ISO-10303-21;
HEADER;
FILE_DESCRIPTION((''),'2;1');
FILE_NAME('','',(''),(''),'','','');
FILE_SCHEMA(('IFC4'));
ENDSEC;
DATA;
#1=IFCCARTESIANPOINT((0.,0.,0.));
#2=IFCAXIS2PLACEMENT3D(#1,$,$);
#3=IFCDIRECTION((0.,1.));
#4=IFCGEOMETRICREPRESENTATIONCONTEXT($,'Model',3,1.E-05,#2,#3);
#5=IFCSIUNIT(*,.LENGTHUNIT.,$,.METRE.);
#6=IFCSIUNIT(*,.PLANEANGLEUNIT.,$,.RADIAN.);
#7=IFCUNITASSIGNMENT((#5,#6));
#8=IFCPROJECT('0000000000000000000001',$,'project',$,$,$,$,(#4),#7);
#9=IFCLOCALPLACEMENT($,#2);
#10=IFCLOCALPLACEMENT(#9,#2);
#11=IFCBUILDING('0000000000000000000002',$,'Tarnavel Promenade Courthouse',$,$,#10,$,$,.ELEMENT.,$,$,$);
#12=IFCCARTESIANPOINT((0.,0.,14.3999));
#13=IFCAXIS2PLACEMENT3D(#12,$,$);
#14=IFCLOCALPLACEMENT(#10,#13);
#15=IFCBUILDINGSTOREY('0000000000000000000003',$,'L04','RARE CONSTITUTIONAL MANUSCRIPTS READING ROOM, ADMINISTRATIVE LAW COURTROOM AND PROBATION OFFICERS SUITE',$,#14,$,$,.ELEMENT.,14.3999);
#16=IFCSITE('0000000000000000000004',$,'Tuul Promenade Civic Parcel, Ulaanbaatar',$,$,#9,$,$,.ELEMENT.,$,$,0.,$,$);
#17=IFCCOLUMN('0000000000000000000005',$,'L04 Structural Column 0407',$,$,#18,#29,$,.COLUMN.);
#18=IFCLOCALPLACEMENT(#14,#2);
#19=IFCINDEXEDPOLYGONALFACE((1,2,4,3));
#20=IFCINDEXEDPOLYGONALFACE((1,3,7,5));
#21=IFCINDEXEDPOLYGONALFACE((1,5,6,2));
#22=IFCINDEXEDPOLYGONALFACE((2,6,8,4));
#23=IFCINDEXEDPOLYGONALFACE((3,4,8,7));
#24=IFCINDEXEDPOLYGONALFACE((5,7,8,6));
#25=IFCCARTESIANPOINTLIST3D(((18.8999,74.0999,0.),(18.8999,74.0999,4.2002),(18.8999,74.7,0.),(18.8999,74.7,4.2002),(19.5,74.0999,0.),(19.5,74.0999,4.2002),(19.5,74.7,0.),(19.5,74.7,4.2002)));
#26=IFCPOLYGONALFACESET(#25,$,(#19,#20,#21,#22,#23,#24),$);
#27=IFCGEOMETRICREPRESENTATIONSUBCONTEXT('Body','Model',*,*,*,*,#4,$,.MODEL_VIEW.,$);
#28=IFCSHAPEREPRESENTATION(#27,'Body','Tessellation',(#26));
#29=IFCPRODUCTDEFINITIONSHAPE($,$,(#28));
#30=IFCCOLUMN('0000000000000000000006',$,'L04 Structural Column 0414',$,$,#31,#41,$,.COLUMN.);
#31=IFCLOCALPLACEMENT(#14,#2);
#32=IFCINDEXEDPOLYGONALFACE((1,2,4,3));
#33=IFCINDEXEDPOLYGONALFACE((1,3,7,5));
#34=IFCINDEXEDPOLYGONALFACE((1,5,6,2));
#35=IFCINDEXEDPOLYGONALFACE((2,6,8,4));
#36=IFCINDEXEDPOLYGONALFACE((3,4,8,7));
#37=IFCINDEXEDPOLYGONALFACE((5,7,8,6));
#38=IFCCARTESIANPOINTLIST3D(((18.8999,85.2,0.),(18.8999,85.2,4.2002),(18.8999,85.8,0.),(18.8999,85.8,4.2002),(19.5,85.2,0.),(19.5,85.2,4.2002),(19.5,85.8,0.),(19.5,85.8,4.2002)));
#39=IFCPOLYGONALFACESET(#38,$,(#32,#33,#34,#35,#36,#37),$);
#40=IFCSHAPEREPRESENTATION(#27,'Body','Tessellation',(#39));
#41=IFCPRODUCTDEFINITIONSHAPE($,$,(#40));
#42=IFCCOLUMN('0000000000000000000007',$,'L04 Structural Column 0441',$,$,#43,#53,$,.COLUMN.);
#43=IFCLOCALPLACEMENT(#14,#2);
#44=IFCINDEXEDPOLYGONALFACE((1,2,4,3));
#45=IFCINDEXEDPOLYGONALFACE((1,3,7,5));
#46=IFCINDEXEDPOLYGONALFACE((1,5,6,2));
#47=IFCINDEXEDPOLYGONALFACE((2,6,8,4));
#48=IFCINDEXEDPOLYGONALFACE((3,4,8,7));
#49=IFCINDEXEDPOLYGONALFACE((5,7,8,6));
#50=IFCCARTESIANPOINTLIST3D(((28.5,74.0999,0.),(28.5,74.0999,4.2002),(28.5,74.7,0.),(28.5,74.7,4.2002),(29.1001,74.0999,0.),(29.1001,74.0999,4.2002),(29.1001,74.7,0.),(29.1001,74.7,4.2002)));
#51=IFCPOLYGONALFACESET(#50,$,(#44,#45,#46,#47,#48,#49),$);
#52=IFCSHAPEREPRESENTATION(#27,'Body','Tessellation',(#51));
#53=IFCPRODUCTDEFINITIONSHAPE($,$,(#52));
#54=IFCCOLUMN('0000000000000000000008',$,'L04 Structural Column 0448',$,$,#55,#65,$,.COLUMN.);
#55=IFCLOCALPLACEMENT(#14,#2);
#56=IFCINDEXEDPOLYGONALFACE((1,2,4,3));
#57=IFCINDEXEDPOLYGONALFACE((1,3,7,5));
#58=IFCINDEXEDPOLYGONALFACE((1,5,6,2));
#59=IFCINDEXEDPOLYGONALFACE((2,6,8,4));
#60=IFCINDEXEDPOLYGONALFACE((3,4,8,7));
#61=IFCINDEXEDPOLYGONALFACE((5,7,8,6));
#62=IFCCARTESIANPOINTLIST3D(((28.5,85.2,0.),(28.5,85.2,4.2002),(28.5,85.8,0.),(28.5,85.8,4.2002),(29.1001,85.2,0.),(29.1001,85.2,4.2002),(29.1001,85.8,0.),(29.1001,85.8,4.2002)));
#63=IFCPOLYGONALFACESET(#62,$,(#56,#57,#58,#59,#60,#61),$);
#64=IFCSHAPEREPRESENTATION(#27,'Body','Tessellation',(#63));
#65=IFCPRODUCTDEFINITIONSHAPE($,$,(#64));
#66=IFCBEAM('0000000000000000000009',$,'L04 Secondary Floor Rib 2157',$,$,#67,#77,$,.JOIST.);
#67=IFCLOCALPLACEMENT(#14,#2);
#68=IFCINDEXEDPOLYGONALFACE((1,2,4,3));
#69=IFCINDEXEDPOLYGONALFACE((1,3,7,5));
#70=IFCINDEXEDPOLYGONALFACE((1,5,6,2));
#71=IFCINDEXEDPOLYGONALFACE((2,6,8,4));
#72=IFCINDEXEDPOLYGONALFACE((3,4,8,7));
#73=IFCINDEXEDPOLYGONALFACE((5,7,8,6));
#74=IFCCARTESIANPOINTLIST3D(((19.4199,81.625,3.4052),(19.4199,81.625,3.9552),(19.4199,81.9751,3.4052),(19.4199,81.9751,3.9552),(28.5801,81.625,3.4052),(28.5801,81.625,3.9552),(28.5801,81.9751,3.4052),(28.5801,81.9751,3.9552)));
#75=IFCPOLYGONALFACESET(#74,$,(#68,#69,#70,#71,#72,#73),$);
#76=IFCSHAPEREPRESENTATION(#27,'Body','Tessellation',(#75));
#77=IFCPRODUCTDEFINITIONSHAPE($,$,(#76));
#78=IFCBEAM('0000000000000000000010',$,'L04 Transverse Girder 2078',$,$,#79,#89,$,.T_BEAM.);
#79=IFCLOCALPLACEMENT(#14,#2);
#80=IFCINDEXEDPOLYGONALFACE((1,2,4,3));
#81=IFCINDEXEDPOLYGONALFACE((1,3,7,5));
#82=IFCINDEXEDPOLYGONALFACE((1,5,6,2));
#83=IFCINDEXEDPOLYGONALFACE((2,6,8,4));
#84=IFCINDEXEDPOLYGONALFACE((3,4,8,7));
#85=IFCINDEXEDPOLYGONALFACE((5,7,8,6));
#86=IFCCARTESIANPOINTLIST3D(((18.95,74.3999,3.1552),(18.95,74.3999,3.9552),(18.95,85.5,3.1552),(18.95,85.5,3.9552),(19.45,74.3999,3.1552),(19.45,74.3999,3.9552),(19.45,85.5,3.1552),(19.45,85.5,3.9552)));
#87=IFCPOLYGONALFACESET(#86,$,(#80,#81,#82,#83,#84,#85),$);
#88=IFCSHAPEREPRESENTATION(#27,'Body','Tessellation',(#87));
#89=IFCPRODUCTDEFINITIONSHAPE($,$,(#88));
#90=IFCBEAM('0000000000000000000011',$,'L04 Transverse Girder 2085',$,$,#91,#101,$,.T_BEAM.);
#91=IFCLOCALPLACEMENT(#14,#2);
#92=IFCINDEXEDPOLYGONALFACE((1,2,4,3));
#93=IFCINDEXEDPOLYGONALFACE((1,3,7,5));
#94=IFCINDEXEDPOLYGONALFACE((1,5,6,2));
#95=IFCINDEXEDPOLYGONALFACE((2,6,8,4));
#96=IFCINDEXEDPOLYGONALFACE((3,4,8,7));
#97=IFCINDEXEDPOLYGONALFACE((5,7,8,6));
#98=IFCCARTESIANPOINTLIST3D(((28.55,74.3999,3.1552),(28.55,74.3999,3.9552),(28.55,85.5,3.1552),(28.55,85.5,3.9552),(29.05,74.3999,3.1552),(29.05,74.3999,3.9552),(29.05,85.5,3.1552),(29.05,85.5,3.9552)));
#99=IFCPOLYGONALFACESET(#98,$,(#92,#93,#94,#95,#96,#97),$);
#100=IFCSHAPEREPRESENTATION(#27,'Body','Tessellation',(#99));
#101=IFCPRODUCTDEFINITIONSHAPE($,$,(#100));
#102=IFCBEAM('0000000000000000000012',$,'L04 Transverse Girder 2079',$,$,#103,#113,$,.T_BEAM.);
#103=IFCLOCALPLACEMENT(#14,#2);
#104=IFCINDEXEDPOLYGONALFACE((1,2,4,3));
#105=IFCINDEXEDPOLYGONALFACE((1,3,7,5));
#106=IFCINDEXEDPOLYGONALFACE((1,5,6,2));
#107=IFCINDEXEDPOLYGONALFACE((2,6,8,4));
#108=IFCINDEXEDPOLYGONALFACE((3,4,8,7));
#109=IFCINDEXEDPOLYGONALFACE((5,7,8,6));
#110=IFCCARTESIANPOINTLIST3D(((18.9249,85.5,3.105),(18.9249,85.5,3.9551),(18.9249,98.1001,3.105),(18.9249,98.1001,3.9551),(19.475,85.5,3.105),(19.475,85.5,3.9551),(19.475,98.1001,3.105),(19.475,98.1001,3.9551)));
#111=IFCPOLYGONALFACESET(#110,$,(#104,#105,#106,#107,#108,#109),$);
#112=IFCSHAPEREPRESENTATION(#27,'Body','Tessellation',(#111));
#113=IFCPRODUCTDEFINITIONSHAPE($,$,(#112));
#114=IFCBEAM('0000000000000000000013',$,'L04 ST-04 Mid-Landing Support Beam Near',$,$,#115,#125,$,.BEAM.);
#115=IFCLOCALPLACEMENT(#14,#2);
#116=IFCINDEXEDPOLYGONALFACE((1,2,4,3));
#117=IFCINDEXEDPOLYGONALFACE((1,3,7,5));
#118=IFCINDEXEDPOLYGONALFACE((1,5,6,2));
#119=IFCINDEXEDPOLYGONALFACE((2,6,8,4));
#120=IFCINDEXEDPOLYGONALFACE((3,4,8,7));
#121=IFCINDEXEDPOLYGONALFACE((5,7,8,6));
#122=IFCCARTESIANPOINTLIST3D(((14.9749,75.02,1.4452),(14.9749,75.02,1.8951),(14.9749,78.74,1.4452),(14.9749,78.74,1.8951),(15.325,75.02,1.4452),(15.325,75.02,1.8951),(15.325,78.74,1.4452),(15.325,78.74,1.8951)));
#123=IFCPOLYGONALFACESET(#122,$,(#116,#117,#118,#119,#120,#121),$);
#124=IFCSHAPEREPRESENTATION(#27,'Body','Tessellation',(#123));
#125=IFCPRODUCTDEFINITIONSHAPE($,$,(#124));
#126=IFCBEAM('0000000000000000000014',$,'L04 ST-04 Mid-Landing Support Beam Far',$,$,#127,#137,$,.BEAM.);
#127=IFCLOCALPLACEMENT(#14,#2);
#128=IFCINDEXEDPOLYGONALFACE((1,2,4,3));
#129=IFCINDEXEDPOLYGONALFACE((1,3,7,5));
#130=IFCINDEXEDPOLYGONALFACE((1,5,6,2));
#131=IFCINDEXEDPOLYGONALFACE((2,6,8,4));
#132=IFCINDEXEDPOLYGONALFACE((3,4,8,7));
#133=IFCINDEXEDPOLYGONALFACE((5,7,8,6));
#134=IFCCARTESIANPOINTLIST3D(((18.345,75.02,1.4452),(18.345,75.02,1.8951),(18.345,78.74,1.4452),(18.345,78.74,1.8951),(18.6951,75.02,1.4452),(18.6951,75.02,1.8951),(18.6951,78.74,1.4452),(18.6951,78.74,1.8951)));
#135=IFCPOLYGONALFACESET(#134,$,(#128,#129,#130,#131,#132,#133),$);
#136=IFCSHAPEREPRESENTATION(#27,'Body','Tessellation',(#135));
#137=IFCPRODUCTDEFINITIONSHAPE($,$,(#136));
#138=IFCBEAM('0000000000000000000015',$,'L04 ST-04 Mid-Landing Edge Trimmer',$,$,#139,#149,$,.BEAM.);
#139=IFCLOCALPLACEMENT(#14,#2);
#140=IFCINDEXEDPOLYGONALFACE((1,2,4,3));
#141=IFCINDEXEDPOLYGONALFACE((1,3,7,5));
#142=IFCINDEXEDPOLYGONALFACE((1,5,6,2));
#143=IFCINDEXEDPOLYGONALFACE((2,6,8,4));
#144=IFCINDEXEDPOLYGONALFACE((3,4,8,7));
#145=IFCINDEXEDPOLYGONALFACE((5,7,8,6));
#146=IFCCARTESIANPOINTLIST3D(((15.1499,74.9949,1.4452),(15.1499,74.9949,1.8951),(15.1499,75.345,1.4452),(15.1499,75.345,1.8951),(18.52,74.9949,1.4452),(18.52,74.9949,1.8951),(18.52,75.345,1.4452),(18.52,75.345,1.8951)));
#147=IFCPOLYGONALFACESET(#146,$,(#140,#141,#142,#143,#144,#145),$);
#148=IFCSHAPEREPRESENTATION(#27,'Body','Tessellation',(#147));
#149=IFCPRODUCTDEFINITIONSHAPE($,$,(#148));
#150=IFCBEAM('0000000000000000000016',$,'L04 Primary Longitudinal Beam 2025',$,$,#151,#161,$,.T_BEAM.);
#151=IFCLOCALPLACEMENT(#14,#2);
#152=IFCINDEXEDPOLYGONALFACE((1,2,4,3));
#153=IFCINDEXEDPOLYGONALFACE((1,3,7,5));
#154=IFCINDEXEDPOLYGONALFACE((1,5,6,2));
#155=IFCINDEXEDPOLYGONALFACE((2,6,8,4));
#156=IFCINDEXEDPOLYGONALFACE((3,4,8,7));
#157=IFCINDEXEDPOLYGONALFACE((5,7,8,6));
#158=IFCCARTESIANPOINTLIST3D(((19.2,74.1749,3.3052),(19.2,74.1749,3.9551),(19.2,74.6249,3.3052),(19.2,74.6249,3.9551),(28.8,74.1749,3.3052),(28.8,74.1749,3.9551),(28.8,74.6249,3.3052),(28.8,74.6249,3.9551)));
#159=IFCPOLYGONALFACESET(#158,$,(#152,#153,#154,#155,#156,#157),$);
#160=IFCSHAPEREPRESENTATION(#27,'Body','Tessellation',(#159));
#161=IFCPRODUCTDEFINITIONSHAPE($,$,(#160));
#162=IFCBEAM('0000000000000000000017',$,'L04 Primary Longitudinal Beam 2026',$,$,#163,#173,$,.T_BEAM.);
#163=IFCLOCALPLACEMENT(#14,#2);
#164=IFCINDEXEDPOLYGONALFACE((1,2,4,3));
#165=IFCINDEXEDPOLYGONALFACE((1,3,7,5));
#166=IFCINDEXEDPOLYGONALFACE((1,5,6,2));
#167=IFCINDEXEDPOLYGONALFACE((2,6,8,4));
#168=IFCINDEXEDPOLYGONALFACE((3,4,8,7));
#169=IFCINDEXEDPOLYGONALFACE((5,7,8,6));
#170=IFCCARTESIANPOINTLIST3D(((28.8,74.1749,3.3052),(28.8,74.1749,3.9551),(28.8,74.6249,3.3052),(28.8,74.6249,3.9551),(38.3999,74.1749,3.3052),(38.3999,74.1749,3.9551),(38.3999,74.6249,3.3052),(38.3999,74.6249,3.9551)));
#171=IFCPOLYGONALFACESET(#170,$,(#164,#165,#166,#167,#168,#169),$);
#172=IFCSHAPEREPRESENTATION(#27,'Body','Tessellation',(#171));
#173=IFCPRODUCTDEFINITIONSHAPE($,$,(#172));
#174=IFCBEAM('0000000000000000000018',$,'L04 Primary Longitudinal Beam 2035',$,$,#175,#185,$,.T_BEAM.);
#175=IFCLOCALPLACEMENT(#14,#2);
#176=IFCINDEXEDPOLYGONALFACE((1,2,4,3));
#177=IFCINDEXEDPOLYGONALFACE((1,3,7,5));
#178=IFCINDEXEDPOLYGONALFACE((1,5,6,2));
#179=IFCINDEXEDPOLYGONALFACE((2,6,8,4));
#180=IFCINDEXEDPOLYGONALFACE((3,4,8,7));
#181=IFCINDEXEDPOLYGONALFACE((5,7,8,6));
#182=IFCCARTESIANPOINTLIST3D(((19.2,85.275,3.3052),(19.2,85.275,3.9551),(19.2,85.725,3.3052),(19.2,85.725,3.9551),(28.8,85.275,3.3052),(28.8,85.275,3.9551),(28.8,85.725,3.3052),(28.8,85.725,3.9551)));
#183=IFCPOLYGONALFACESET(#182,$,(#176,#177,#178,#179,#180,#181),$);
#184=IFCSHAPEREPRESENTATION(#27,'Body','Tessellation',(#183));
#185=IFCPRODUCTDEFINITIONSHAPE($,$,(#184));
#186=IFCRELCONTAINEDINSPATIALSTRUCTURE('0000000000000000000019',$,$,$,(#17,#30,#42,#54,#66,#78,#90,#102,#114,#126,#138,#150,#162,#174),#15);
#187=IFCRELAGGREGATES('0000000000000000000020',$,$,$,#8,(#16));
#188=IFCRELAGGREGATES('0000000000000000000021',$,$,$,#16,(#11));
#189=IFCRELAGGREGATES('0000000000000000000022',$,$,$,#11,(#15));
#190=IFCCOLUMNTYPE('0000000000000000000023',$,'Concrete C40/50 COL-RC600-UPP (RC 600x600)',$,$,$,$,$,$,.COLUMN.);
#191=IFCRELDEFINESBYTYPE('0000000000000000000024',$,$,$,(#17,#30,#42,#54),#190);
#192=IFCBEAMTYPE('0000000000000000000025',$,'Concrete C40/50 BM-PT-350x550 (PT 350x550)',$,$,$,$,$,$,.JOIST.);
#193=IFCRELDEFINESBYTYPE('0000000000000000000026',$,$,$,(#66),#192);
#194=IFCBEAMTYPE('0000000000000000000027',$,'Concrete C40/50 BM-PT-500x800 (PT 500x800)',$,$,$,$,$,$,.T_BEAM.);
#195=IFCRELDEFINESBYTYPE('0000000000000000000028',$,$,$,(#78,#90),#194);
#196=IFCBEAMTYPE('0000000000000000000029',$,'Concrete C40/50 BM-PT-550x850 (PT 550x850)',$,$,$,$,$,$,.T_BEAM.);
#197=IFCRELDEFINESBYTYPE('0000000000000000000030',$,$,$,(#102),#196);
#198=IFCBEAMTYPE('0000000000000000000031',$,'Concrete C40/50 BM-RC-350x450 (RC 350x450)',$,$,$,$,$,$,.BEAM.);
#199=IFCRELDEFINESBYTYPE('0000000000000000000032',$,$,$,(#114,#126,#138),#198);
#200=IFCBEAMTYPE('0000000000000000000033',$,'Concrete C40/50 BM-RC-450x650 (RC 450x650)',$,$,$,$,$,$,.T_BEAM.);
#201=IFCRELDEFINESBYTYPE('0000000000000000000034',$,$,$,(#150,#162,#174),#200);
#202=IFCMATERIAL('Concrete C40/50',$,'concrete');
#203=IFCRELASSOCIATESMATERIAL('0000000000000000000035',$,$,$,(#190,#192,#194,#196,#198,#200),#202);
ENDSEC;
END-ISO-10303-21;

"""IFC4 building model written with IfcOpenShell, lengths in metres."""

from ifc_helpers import new_model, si_unit, direction, frame, origin, origin_2d, place, context, subcontext, project, spatial, rectangle, extrude, material, material_profile, profile_set, type_object, element, save


model = new_model("IFC4")

# Units and contexts
model_context = context("Model", 3, precision=1e-05, world=origin(), true_north=direction((0.0, 1.0)))
body_context = subcontext(model_context, "Body", "Model", "MODEL_VIEW")
ifc_project = project(units=[si_unit("LENGTHUNIT", "METRE"), si_unit("PLANEANGLEUNIT", "RADIAN")], contexts=[model_context])

# Site, building, storey
site_placement = place(None, origin())
site = spatial("IfcSite", under=ifc_project, at=site_placement, Name="Tuul Promenade Civic Parcel, Ulaanbaatar", CompositionType="ELEMENT", RefElevation=0.0)
building_placement = place(site_placement, origin())
building = spatial("IfcBuilding", under=site, at=building_placement, Name="Tarnavel Promenade Courthouse", CompositionType="ELEMENT")
storey_placement = place(building_placement, frame((0.0, 0.0, 14.3999)))
storey = spatial("IfcBuildingStorey", under=building, at=storey_placement, Name="L04", Description="RARE CONSTITUTIONAL MANUSCRIPTS READING ROOM, ADMINISTRATIVE LAW COURTROOM AND PROBATION OFFICERS SUITE", CompositionType="ELEMENT", Elevation=14.3999)

# Columns
ifc_material_1 = material(Name="Concrete C40/50", Category="concrete")
ifc_material_profile_1 = material_profile(ifc_material_1, rectangle(XDim=0.6001, YDim=0.6001, at=origin_2d()), Name="RC 600x600")
ifc_profile_set_1 = profile_set([ifc_material_profile_1], Name="Concrete C40/50")
column_type = type_object("IfcColumnType", Name="Concrete C40/50 COL-RC600-UPP (RC 600x600)", PredefinedType="COLUMN", material=ifc_profile_set_1)
for number, where, z_axis, x_axis, name in (
    (1, (19.2, 74.3999, 0.0), (0.0, 0.0, 1.0), (1.0, 0.0, 0.0), "L04 Structural Column 0407"),
    (2, (19.2, 85.5, 0.0), (0.0, 0.0, 1.0), (1.0, 0.0, 0.0), "L04 Structural Column 0414"),
    (3, (28.8, 74.3999, 0.0), (0.0, 0.0, 1.0), (1.0, 0.0, 0.0), "L04 Structural Column 0441"),
    (4, (28.8, 85.5, 0.0), (0.0, 0.0, 1.0), (1.0, 0.0, 0.0), "L04 Structural Column 0448"),
):
    element("IfcColumn", number, at=place(storey_placement, frame(where, z_axis=z_axis, x_axis=x_axis)), inside=storey, type_object=column_type, Name=name, PredefinedType="COLUMN", context=body_context, shape_type="SweptSolid", body=[
        extrude(rectangle(XDim=0.6001, YDim=0.6001, at=origin_2d()), origin(), (0.0, 0.0, 1.0), 4.2002),
    ])

# Beams
ifc_material_profile_2 = material_profile(ifc_material_1, rectangle(XDim=0.3501, YDim=0.55, at=origin_2d()), Name="PT 350x550")
ifc_profile_set_2 = profile_set([ifc_material_profile_2], Name="Concrete C40/50")
beam_type_1 = type_object("IfcBeamType", Name="Concrete C40/50 BM-PT-350x550 (PT 350x550)", PredefinedType="JOIST", material=ifc_profile_set_2)
beam_1_placement = place(storey_placement, frame((19.4199, 81.8, 3.6802), z_axis=(1.0, 0.0, 0.0), x_axis=(0.0, 1.0, 0.0)))
element("IfcBeam", 5, at=beam_1_placement, inside=storey, type_object=beam_type_1, Name="L04 Secondary Floor Rib 2157", PredefinedType="JOIST", context=body_context, shape_type="SweptSolid", body=[
    extrude(rectangle(XDim=0.3501, YDim=0.55, at=origin_2d()), origin(), (0.0, 0.0, 1.0), 9.1602),
])
ifc_material_profile_3 = material_profile(ifc_material_1, rectangle(XDim=0.5, YDim=0.8, at=origin_2d()), Name="PT 500x800")
ifc_profile_set_3 = profile_set([ifc_material_profile_3], Name="Concrete C40/50")
beam_type_2 = type_object("IfcBeamType", Name="Concrete C40/50 BM-PT-500x800 (PT 500x800)", PredefinedType="T_BEAM", material=ifc_profile_set_3)
for number, where, z_axis, x_axis, name in (
    (6, (19.2, 74.3999, 3.5552), (0.0, 1.0, 0.0), (-1.0, 0.0, 0.0), "L04 Transverse Girder 2078"),
    (7, (28.8, 74.3999, 3.5552), (0.0, 1.0, 0.0), (-1.0, 0.0, 0.0), "L04 Transverse Girder 2085"),
):
    element("IfcBeam", number, at=place(storey_placement, frame(where, z_axis=z_axis, x_axis=x_axis)), inside=storey, type_object=beam_type_2, Name=name, PredefinedType="T_BEAM", context=body_context, shape_type="SweptSolid", body=[
        extrude(rectangle(XDim=0.5, YDim=0.8, at=origin_2d()), origin(), (0.0, 0.0, 1.0), 11.1001),
    ])
ifc_material_profile_4 = material_profile(ifc_material_1, rectangle(XDim=0.55, YDim=0.8501, at=origin_2d()), Name="PT 550x850")
ifc_profile_set_4 = profile_set([ifc_material_profile_4], Name="Concrete C40/50")
beam_type_3 = type_object("IfcBeamType", Name="Concrete C40/50 BM-PT-550x850 (PT 550x850)", PredefinedType="T_BEAM", material=ifc_profile_set_4)
beam_2_placement = place(storey_placement, frame((19.2, 85.5, 3.53), z_axis=(0.0, 1.0, 0.0), x_axis=(-1.0, 0.0, 0.0)))
element("IfcBeam", 8, at=beam_2_placement, inside=storey, type_object=beam_type_3, Name="L04 Transverse Girder 2079", PredefinedType="T_BEAM", context=body_context, shape_type="SweptSolid", body=[
    extrude(rectangle(XDim=0.55, YDim=0.8501, at=origin_2d()), origin(), (0.0, 0.0, 1.0), 12.6001),
])
ifc_material_profile_5 = material_profile(ifc_material_1, rectangle(XDim=0.3501, YDim=0.45, at=origin_2d()), Name="RC 350x450")
ifc_profile_set_5 = profile_set([ifc_material_profile_5], Name="Concrete C40/50")
beam_type_4 = type_object("IfcBeamType", Name="Concrete C40/50 BM-RC-350x450 (RC 350x450)", PredefinedType="BEAM", material=ifc_profile_set_5)
for number, where, z_axis, x_axis, name in (
    (9, (15.1499, 75.02, 1.6702), (0.0, 1.0, 0.0), (-1.0, 0.0, 0.0), "L04 ST-04 Mid-Landing Support Beam Near"),
    (10, (18.52, 75.02, 1.6702), (0.0, 1.0, 0.0), (-1.0, 0.0, 0.0), "L04 ST-04 Mid-Landing Support Beam Far"),
):
    element("IfcBeam", number, at=place(storey_placement, frame(where, z_axis=z_axis, x_axis=x_axis)), inside=storey, type_object=beam_type_4, Name=name, PredefinedType="BEAM", context=body_context, shape_type="SweptSolid", body=[
        extrude(rectangle(XDim=0.3501, YDim=0.45, at=origin_2d()), origin(), (0.0, 0.0, 1.0), 3.72),
    ])
beam_3_placement = place(storey_placement, frame((15.1499, 75.1699, 1.6702), z_axis=(1.0, 0.0, 0.0), x_axis=(0.0, 1.0, 0.0)))
element("IfcBeam", 11, at=beam_3_placement, inside=storey, type_object=beam_type_4, Name="L04 ST-04 Mid-Landing Edge Trimmer", PredefinedType="BEAM", context=body_context, shape_type="SweptSolid", body=[
    extrude(rectangle(XDim=0.3501, YDim=0.45, at=origin_2d()), origin(), (0.0, 0.0, 1.0), 3.3701),
])
ifc_material_profile_6 = material_profile(ifc_material_1, rectangle(XDim=0.45, YDim=0.6499, at=origin_2d()), Name="RC 450x650")
ifc_profile_set_6 = profile_set([ifc_material_profile_6], Name="Concrete C40/50")
beam_type_5 = type_object("IfcBeamType", Name="Concrete C40/50 BM-RC-450x650 (RC 450x650)", PredefinedType="T_BEAM", material=ifc_profile_set_6)
beam_4_placement = place(storey_placement, frame((19.2, 74.3999, 3.6301), z_axis=(1.0, 0.0, 0.0), x_axis=(0.0, 1.0, 0.0)))
element("IfcBeam", 12, at=beam_4_placement, inside=storey, type_object=beam_type_5, Name="L04 Primary Longitudinal Beam 2025", PredefinedType="T_BEAM", context=body_context, shape_type="SweptSolid", body=[
    extrude(rectangle(XDim=0.45, YDim=0.6499, at=origin_2d()), origin(), (0.0, 0.0, 1.0), 9.6001),
])
beam_5_placement = place(storey_placement, frame((28.8, 74.3999, 3.6301), z_axis=(1.0, 0.0, 0.0), x_axis=(0.0, 1.0, 0.0)))
element("IfcBeam", 13, at=beam_5_placement, inside=storey, type_object=beam_type_5, Name="L04 Primary Longitudinal Beam 2026", PredefinedType="T_BEAM", context=body_context, shape_type="SweptSolid", body=[
    extrude(rectangle(XDim=0.45, YDim=0.6499, at=origin_2d()), origin(), (0.0, 0.0, 1.0), 9.5999),
])
beam_6_placement = place(storey_placement, frame((19.2, 85.5, 3.6301), z_axis=(1.0, 0.0, 0.0), x_axis=(0.0, 1.0, 0.0)))
element("IfcBeam", 14, at=beam_6_placement, inside=storey, type_object=beam_type_5, Name="L04 Primary Longitudinal Beam 2035", PredefinedType="T_BEAM", context=body_context, shape_type="SweptSolid", body=[
    extrude(rectangle(XDim=0.45, YDim=0.6499, at=origin_2d()), origin(), (0.0, 0.0, 1.0), 9.6001),
])

save(model, "model.ifc")
